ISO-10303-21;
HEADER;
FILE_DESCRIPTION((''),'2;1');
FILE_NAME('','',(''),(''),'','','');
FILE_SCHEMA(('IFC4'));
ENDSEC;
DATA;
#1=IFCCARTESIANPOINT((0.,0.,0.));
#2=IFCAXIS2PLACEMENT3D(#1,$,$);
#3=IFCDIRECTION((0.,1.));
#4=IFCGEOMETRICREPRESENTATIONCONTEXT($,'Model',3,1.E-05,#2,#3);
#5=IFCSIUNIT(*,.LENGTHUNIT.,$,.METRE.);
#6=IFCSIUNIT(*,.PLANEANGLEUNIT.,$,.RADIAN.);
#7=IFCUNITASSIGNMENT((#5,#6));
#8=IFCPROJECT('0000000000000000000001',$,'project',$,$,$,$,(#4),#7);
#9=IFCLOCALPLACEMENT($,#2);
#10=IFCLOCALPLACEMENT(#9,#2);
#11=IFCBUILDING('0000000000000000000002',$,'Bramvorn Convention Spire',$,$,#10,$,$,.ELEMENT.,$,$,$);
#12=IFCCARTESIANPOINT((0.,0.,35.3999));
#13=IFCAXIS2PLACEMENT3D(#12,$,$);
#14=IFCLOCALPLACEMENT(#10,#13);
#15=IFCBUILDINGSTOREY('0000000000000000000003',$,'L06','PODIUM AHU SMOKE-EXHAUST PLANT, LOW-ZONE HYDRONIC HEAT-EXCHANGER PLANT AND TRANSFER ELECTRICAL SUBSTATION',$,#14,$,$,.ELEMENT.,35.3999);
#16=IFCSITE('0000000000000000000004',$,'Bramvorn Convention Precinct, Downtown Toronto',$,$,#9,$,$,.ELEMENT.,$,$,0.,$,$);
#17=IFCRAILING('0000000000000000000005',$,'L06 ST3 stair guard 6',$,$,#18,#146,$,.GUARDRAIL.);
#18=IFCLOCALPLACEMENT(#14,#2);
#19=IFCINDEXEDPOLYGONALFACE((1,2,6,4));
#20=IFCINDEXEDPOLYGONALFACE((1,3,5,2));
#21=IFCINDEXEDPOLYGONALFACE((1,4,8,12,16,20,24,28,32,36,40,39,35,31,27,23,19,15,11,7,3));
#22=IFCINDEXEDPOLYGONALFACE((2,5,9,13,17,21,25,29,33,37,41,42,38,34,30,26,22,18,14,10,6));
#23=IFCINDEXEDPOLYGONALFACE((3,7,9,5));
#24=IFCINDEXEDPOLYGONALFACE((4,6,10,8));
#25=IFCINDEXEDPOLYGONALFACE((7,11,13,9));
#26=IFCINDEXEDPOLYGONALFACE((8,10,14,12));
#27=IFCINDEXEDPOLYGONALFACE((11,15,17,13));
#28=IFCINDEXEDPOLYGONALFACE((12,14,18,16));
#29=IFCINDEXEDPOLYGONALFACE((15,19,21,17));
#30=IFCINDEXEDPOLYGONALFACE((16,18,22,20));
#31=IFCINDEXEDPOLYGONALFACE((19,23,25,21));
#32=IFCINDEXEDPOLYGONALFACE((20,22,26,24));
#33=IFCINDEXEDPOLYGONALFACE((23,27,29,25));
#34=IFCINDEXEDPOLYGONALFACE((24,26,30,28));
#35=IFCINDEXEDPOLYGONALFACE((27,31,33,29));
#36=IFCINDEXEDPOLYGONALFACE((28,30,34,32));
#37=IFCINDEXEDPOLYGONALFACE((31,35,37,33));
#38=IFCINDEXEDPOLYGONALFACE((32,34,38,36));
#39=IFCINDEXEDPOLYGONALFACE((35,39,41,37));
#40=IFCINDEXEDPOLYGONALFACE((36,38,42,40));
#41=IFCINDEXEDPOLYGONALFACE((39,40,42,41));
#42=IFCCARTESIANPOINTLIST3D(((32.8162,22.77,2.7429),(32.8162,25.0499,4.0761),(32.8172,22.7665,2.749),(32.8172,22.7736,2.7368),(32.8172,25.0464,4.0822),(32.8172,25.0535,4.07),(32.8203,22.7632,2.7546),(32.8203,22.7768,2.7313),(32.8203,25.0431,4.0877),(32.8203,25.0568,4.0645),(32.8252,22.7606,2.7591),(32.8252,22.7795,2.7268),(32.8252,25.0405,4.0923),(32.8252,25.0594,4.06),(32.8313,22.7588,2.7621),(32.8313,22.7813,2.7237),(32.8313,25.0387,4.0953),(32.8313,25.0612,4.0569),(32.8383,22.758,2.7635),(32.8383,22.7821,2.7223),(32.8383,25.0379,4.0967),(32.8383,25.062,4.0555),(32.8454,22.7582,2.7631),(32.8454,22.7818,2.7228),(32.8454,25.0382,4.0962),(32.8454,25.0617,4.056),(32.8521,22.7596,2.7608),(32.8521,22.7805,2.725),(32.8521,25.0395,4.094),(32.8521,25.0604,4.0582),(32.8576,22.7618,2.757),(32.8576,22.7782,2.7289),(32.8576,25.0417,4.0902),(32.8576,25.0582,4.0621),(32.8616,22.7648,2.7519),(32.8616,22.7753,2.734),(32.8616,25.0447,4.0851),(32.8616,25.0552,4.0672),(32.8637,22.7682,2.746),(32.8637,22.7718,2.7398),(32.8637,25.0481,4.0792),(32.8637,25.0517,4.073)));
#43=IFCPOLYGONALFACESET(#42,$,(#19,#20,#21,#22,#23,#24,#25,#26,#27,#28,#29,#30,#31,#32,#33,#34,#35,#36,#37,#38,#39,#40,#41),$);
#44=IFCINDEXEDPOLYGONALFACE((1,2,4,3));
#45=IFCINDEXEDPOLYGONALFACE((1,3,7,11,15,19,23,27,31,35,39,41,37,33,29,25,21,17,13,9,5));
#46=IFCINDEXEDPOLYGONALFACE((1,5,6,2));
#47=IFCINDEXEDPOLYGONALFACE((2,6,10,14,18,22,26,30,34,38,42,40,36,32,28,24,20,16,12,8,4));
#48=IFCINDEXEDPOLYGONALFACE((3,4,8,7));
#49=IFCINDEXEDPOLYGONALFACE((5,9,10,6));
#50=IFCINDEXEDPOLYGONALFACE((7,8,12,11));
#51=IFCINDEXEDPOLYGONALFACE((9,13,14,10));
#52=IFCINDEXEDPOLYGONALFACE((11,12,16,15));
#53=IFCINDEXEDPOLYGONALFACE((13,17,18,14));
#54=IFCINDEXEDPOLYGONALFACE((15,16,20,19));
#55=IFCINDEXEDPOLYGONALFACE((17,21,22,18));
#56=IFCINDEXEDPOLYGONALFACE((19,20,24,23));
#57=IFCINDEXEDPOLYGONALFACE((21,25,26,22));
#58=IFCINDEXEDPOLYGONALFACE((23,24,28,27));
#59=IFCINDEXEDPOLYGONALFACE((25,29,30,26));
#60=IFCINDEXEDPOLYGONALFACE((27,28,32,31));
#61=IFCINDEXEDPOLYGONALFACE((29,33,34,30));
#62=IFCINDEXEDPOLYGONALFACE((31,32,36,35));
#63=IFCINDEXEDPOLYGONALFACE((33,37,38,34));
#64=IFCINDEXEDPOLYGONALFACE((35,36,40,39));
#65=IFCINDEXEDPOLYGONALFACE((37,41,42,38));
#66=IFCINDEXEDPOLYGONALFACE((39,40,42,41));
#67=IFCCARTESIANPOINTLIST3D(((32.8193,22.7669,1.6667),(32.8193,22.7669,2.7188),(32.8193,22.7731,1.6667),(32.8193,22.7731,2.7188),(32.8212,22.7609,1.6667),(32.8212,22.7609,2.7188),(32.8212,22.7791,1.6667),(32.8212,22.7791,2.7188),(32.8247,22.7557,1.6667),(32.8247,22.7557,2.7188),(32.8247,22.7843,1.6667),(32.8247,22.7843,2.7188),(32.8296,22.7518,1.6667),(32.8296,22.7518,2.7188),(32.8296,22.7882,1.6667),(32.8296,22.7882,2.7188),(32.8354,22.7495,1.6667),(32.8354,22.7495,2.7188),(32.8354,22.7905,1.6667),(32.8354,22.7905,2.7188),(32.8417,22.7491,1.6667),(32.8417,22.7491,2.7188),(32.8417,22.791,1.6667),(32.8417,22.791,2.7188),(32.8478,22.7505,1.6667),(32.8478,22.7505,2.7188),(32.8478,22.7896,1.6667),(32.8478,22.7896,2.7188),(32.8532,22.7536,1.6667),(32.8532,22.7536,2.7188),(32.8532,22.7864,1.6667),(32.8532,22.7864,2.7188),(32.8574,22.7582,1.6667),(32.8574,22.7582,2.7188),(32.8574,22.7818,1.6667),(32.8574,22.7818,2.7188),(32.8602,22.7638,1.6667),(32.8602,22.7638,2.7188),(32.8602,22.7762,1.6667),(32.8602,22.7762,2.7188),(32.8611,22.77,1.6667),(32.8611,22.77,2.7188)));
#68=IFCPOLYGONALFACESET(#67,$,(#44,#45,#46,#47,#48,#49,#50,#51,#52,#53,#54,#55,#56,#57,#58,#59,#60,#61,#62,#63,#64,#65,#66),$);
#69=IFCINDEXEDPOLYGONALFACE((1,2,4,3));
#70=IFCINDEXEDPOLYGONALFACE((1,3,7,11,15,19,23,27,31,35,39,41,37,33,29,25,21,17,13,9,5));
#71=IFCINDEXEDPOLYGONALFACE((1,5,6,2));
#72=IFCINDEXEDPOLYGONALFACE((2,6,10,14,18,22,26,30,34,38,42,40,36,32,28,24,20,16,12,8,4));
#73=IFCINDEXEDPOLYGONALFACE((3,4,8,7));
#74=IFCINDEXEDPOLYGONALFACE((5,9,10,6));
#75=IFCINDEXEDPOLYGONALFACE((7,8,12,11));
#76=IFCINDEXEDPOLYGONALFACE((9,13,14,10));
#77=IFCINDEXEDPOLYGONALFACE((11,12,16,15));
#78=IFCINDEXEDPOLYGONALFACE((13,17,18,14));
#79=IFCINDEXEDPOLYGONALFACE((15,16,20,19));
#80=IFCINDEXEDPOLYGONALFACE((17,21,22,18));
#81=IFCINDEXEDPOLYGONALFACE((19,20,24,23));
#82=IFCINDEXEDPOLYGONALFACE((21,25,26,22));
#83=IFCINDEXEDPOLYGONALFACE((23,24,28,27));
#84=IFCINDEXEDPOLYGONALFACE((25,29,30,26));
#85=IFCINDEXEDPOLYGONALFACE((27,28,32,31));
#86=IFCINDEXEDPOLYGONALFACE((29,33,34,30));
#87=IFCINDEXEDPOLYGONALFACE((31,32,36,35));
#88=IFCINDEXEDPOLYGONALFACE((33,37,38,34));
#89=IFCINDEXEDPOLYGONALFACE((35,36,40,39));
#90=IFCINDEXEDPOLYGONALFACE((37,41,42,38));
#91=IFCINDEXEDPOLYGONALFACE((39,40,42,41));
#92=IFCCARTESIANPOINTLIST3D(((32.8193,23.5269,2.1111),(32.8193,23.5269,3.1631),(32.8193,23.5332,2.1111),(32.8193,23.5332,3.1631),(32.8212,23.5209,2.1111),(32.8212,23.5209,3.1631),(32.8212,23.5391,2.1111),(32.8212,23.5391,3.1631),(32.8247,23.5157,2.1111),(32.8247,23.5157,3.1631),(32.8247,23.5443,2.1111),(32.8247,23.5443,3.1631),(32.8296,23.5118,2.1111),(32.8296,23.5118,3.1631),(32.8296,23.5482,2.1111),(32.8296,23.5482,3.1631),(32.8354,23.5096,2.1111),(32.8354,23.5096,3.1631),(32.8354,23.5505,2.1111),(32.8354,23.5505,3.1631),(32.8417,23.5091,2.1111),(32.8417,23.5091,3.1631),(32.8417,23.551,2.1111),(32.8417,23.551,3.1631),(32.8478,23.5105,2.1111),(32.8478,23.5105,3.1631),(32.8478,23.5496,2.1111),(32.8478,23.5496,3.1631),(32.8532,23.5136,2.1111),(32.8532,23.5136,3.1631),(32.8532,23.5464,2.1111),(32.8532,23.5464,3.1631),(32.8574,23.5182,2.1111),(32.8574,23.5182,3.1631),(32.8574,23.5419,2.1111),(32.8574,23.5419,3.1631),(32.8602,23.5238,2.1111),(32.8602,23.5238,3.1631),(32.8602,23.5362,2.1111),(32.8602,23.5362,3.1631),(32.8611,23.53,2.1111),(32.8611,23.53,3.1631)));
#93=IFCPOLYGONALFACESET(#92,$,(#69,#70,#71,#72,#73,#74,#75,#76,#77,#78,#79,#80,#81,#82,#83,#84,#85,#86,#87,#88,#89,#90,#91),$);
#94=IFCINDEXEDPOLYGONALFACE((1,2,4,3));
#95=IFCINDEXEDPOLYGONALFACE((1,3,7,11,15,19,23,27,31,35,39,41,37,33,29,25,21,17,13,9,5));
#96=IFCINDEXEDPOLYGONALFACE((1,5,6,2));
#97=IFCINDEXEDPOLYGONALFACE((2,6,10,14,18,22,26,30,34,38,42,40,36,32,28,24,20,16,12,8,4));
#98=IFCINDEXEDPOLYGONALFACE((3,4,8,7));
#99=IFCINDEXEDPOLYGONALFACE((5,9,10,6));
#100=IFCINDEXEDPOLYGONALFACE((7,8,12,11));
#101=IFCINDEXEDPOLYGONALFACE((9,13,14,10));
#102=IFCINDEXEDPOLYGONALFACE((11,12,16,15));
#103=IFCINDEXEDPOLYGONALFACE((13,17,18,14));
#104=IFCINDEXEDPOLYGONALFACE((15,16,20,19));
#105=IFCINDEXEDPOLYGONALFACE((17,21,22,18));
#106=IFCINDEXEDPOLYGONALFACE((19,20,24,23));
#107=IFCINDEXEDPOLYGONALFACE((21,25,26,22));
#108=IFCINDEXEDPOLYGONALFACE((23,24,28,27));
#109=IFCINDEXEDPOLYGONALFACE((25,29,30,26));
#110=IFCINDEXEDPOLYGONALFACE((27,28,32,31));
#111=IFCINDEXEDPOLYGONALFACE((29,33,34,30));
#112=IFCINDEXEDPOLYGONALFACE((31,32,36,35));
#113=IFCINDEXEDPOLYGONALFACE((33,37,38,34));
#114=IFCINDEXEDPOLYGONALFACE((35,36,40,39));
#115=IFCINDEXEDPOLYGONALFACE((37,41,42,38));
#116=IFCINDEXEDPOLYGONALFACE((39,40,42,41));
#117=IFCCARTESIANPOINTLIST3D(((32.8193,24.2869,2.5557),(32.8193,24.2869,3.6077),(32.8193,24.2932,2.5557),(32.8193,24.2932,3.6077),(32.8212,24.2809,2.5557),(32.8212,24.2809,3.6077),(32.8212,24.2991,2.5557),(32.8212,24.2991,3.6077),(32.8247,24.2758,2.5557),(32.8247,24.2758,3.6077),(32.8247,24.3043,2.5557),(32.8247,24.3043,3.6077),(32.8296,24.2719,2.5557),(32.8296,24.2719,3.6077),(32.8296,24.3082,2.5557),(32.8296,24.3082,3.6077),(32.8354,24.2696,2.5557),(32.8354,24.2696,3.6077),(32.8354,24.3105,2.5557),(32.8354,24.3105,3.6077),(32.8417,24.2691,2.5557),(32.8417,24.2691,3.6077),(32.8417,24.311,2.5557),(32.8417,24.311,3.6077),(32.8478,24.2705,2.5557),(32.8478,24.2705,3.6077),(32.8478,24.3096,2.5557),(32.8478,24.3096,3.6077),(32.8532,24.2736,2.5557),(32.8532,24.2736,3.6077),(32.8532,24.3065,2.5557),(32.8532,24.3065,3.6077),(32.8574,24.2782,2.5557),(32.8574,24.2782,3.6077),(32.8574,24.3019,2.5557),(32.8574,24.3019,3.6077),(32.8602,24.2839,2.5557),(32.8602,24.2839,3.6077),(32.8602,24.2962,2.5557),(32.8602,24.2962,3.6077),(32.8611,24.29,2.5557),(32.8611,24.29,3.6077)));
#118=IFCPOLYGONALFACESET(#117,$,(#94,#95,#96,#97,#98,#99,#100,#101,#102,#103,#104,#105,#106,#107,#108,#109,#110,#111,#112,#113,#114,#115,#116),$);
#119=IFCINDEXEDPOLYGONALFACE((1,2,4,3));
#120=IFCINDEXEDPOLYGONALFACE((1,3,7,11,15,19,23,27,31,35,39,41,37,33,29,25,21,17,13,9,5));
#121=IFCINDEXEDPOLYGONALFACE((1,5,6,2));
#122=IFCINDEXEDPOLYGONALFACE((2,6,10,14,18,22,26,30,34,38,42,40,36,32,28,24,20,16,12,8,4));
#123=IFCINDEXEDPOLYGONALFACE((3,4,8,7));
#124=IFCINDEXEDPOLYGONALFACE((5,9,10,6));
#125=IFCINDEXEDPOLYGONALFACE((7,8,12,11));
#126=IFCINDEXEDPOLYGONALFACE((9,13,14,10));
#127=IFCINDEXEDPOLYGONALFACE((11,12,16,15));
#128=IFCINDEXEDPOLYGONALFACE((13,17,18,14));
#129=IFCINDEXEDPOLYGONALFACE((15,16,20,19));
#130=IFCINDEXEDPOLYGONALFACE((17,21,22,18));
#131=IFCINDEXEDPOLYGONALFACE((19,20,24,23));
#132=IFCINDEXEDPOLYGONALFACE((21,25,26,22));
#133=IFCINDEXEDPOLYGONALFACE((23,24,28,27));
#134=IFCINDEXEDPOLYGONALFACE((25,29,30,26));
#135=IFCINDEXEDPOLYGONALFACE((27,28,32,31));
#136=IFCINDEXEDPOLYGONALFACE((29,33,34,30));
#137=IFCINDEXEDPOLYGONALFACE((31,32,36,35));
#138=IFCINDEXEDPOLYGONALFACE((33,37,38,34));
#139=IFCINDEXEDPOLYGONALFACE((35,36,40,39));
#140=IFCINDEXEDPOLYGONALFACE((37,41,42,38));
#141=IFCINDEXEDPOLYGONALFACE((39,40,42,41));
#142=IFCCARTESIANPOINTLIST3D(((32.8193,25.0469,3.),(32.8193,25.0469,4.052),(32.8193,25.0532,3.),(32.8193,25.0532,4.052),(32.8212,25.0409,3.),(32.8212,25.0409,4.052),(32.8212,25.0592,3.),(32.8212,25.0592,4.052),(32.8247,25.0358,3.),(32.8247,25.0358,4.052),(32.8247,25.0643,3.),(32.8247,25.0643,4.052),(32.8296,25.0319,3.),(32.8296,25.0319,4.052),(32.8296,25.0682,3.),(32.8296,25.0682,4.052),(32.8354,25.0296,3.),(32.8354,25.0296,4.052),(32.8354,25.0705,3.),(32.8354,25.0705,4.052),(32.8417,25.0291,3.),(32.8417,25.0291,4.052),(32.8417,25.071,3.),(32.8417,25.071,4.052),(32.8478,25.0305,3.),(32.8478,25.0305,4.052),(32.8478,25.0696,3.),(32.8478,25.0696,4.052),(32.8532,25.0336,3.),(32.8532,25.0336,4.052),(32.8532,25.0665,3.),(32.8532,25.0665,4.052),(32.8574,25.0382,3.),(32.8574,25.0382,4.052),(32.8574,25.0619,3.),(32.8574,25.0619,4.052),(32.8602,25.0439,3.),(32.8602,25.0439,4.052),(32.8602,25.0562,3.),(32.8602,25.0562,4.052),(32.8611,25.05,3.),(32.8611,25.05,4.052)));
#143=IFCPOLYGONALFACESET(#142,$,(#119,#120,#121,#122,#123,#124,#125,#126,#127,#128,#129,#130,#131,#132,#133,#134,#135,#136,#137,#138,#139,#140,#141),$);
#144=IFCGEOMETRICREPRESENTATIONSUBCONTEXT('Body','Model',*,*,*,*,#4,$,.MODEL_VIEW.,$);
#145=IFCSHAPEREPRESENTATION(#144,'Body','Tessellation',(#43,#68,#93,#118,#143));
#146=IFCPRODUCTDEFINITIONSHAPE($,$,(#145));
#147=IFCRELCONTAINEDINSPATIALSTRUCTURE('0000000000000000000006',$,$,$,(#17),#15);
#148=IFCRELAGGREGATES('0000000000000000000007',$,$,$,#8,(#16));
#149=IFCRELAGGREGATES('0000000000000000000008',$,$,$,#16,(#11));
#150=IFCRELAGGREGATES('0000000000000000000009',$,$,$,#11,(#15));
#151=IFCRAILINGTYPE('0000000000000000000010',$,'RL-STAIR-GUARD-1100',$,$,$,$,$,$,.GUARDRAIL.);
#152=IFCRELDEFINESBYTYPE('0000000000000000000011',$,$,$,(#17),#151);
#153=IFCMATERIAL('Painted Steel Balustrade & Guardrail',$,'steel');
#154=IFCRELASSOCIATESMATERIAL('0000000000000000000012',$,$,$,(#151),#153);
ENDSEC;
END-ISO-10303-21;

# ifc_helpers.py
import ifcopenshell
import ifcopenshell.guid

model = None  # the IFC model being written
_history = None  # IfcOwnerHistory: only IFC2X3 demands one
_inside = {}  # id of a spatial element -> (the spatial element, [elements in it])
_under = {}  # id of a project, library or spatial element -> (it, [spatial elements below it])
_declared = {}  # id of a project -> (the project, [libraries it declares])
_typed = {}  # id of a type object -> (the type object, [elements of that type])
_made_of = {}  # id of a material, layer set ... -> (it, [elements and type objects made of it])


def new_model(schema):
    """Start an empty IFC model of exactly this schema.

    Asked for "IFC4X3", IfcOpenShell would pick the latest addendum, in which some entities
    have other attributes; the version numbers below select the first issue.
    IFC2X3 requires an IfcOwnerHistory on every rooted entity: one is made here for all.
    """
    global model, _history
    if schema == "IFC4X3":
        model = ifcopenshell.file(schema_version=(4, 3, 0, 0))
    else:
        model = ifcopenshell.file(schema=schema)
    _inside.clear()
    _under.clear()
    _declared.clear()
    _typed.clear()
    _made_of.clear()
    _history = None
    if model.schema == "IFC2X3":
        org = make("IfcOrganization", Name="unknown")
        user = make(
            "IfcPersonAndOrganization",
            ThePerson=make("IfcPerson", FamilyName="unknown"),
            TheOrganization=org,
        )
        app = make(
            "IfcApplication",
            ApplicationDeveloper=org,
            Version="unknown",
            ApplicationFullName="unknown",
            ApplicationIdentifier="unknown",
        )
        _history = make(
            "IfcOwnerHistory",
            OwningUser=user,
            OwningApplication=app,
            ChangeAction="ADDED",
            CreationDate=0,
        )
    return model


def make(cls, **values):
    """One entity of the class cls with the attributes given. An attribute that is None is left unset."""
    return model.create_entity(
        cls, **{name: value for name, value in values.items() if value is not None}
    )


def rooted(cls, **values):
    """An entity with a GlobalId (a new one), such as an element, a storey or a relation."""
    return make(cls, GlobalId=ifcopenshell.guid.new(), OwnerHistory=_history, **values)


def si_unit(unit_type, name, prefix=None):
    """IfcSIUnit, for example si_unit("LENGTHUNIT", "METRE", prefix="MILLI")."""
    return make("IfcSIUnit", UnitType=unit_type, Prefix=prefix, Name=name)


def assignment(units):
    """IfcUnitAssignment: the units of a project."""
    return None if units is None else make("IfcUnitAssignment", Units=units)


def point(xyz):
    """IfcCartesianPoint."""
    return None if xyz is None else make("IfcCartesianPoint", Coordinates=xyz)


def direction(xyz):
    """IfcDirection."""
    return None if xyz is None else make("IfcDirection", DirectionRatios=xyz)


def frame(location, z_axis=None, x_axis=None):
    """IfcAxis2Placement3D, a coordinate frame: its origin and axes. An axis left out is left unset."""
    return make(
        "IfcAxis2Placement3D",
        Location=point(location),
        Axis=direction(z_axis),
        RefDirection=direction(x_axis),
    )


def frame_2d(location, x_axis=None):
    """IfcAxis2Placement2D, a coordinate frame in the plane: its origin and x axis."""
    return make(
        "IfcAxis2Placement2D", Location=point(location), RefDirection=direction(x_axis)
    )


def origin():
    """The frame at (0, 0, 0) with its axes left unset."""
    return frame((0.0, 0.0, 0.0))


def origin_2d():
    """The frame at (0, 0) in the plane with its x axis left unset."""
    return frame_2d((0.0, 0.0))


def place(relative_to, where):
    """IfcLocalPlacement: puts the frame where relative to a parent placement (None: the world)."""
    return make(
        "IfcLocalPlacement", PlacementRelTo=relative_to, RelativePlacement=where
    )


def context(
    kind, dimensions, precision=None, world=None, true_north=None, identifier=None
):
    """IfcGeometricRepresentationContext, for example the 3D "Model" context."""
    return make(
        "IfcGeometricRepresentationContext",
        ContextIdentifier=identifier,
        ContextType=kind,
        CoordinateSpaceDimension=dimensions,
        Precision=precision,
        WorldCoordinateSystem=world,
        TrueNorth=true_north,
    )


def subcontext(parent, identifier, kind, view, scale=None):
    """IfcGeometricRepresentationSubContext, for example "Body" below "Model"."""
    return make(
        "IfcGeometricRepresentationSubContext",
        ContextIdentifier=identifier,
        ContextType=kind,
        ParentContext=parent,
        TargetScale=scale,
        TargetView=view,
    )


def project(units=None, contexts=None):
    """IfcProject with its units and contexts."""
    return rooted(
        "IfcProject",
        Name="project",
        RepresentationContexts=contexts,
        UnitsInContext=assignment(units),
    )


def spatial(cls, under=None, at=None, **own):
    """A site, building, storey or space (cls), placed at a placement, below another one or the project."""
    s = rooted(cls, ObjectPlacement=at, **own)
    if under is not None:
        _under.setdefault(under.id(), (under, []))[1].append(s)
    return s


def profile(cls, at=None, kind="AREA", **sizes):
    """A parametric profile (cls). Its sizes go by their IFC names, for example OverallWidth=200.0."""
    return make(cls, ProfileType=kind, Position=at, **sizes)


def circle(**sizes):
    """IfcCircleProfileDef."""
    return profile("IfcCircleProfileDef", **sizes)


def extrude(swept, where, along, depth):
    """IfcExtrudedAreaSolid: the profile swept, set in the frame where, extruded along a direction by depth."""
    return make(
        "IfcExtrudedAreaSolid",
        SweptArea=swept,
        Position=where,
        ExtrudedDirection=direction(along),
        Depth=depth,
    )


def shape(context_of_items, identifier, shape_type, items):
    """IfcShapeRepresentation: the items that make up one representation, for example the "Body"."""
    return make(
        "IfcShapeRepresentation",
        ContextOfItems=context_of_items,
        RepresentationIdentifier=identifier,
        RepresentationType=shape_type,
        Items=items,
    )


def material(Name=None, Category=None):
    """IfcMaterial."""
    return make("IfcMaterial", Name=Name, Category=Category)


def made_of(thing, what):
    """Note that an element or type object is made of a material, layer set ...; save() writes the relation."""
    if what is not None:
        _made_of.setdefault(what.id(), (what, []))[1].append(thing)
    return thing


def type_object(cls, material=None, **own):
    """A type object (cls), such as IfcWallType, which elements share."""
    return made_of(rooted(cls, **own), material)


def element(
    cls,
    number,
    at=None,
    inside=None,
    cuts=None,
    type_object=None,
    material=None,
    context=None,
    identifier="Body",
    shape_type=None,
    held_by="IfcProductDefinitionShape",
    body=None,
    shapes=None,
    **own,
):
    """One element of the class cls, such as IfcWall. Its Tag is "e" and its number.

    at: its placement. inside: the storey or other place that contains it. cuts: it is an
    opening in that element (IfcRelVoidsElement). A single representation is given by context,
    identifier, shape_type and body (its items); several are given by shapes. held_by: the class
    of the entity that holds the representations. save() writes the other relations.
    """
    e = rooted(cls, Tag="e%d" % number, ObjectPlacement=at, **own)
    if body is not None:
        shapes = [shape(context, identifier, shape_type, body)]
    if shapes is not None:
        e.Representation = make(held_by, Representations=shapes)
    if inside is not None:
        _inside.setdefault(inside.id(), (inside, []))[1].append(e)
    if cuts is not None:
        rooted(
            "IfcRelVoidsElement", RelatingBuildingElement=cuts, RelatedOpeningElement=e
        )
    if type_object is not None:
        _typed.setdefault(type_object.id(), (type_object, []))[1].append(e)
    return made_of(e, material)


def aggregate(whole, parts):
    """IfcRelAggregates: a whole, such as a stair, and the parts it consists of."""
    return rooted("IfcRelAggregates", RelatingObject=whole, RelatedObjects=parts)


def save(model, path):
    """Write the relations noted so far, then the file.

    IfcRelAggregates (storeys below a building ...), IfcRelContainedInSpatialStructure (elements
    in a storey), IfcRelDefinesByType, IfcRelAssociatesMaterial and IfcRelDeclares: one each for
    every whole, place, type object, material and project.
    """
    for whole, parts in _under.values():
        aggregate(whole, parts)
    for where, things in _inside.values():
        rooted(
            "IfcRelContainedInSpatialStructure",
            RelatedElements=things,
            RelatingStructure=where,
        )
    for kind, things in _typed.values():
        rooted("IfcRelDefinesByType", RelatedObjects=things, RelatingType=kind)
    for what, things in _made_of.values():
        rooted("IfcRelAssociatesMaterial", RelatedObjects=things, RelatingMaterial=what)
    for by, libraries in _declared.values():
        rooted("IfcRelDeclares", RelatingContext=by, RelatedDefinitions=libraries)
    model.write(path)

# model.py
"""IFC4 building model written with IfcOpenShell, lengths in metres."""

from ifc_helpers import new_model, si_unit, direction, frame, origin, origin_2d, place, context, subcontext, project, spatial, circle, extrude, material, type_object, element, save


model = new_model("IFC4")

# Units and contexts
model_context = context("Model", 3, precision=1e-05, world=origin(), true_north=direction((0.0, 1.0)))
body_context = subcontext(model_context, "Body", "Model", "MODEL_VIEW")
ifc_project = project(units=[si_unit("LENGTHUNIT", "METRE"), si_unit("PLANEANGLEUNIT", "RADIAN")], contexts=[model_context])

# Site, building, storey
site_placement = place(None, origin())
site = spatial("IfcSite", under=ifc_project, at=site_placement, Name="Bramvorn Convention Precinct, Downtown Toronto", CompositionType="ELEMENT", RefElevation=0.0)
building_placement = place(site_placement, origin())
building = spatial("IfcBuilding", under=site, at=building_placement, Name="Bramvorn Convention Spire", CompositionType="ELEMENT")
storey_placement = place(building_placement, frame((0.0, 0.0, 35.3999)))
storey = spatial("IfcBuildingStorey", under=building, at=storey_placement, Name="L06", Description="PODIUM AHU SMOKE-EXHAUST PLANT, LOW-ZONE HYDRONIC HEAT-EXCHANGER PLANT AND TRANSFER ELECTRICAL SUBSTATION", CompositionType="ELEMENT", Elevation=35.3999)

# Railing
ifc_material_1 = material(Name="Painted Steel Balustrade & Guardrail", Category="steel")
railing_type_1 = type_object("IfcRailingType", Name="RL-STAIR-GUARD-1100", PredefinedType="GUARDRAIL", material=ifc_material_1)
railing_1_placement = place(storey_placement, frame((32.8401, 22.77, 1.6667)))
element("IfcRailing", 1, at=railing_1_placement, inside=storey, type_object=railing_type_1, Name="L06 ST3 stair guard 6", PredefinedType="GUARDRAIL", context=body_context, shape_type="SweptSolid", body=[
    extrude(circle(Radius=0.0239, at=origin_2d()), frame((0.0, 0.0, 1.0762), z_axis=(0.0, 0.863245, 0.504785), x_axis=(-1.0, 0.0, 0.0)), (0.0, 0.0, 1.0), 2.6411),
    extrude(circle(Radius=0.021, at=origin_2d()), origin(), (0.0, 0.0, 1.0), 1.052),
    extrude(circle(Radius=0.021, at=origin_2d()), frame((0.0, 0.76, 0.4443)), (0.0, 0.0, 1.0), 1.052),
    extrude(circle(Radius=0.021, at=origin_2d()), frame((0.0, 1.52, 0.8889)), (0.0, 0.0, 1.0), 1.052),
    extrude(circle(Radius=0.021, at=origin_2d()), frame((0.0, 2.28, 1.3333)), (0.0, 0.0, 1.0), 1.052),
])

save(model, "model.ifc")
